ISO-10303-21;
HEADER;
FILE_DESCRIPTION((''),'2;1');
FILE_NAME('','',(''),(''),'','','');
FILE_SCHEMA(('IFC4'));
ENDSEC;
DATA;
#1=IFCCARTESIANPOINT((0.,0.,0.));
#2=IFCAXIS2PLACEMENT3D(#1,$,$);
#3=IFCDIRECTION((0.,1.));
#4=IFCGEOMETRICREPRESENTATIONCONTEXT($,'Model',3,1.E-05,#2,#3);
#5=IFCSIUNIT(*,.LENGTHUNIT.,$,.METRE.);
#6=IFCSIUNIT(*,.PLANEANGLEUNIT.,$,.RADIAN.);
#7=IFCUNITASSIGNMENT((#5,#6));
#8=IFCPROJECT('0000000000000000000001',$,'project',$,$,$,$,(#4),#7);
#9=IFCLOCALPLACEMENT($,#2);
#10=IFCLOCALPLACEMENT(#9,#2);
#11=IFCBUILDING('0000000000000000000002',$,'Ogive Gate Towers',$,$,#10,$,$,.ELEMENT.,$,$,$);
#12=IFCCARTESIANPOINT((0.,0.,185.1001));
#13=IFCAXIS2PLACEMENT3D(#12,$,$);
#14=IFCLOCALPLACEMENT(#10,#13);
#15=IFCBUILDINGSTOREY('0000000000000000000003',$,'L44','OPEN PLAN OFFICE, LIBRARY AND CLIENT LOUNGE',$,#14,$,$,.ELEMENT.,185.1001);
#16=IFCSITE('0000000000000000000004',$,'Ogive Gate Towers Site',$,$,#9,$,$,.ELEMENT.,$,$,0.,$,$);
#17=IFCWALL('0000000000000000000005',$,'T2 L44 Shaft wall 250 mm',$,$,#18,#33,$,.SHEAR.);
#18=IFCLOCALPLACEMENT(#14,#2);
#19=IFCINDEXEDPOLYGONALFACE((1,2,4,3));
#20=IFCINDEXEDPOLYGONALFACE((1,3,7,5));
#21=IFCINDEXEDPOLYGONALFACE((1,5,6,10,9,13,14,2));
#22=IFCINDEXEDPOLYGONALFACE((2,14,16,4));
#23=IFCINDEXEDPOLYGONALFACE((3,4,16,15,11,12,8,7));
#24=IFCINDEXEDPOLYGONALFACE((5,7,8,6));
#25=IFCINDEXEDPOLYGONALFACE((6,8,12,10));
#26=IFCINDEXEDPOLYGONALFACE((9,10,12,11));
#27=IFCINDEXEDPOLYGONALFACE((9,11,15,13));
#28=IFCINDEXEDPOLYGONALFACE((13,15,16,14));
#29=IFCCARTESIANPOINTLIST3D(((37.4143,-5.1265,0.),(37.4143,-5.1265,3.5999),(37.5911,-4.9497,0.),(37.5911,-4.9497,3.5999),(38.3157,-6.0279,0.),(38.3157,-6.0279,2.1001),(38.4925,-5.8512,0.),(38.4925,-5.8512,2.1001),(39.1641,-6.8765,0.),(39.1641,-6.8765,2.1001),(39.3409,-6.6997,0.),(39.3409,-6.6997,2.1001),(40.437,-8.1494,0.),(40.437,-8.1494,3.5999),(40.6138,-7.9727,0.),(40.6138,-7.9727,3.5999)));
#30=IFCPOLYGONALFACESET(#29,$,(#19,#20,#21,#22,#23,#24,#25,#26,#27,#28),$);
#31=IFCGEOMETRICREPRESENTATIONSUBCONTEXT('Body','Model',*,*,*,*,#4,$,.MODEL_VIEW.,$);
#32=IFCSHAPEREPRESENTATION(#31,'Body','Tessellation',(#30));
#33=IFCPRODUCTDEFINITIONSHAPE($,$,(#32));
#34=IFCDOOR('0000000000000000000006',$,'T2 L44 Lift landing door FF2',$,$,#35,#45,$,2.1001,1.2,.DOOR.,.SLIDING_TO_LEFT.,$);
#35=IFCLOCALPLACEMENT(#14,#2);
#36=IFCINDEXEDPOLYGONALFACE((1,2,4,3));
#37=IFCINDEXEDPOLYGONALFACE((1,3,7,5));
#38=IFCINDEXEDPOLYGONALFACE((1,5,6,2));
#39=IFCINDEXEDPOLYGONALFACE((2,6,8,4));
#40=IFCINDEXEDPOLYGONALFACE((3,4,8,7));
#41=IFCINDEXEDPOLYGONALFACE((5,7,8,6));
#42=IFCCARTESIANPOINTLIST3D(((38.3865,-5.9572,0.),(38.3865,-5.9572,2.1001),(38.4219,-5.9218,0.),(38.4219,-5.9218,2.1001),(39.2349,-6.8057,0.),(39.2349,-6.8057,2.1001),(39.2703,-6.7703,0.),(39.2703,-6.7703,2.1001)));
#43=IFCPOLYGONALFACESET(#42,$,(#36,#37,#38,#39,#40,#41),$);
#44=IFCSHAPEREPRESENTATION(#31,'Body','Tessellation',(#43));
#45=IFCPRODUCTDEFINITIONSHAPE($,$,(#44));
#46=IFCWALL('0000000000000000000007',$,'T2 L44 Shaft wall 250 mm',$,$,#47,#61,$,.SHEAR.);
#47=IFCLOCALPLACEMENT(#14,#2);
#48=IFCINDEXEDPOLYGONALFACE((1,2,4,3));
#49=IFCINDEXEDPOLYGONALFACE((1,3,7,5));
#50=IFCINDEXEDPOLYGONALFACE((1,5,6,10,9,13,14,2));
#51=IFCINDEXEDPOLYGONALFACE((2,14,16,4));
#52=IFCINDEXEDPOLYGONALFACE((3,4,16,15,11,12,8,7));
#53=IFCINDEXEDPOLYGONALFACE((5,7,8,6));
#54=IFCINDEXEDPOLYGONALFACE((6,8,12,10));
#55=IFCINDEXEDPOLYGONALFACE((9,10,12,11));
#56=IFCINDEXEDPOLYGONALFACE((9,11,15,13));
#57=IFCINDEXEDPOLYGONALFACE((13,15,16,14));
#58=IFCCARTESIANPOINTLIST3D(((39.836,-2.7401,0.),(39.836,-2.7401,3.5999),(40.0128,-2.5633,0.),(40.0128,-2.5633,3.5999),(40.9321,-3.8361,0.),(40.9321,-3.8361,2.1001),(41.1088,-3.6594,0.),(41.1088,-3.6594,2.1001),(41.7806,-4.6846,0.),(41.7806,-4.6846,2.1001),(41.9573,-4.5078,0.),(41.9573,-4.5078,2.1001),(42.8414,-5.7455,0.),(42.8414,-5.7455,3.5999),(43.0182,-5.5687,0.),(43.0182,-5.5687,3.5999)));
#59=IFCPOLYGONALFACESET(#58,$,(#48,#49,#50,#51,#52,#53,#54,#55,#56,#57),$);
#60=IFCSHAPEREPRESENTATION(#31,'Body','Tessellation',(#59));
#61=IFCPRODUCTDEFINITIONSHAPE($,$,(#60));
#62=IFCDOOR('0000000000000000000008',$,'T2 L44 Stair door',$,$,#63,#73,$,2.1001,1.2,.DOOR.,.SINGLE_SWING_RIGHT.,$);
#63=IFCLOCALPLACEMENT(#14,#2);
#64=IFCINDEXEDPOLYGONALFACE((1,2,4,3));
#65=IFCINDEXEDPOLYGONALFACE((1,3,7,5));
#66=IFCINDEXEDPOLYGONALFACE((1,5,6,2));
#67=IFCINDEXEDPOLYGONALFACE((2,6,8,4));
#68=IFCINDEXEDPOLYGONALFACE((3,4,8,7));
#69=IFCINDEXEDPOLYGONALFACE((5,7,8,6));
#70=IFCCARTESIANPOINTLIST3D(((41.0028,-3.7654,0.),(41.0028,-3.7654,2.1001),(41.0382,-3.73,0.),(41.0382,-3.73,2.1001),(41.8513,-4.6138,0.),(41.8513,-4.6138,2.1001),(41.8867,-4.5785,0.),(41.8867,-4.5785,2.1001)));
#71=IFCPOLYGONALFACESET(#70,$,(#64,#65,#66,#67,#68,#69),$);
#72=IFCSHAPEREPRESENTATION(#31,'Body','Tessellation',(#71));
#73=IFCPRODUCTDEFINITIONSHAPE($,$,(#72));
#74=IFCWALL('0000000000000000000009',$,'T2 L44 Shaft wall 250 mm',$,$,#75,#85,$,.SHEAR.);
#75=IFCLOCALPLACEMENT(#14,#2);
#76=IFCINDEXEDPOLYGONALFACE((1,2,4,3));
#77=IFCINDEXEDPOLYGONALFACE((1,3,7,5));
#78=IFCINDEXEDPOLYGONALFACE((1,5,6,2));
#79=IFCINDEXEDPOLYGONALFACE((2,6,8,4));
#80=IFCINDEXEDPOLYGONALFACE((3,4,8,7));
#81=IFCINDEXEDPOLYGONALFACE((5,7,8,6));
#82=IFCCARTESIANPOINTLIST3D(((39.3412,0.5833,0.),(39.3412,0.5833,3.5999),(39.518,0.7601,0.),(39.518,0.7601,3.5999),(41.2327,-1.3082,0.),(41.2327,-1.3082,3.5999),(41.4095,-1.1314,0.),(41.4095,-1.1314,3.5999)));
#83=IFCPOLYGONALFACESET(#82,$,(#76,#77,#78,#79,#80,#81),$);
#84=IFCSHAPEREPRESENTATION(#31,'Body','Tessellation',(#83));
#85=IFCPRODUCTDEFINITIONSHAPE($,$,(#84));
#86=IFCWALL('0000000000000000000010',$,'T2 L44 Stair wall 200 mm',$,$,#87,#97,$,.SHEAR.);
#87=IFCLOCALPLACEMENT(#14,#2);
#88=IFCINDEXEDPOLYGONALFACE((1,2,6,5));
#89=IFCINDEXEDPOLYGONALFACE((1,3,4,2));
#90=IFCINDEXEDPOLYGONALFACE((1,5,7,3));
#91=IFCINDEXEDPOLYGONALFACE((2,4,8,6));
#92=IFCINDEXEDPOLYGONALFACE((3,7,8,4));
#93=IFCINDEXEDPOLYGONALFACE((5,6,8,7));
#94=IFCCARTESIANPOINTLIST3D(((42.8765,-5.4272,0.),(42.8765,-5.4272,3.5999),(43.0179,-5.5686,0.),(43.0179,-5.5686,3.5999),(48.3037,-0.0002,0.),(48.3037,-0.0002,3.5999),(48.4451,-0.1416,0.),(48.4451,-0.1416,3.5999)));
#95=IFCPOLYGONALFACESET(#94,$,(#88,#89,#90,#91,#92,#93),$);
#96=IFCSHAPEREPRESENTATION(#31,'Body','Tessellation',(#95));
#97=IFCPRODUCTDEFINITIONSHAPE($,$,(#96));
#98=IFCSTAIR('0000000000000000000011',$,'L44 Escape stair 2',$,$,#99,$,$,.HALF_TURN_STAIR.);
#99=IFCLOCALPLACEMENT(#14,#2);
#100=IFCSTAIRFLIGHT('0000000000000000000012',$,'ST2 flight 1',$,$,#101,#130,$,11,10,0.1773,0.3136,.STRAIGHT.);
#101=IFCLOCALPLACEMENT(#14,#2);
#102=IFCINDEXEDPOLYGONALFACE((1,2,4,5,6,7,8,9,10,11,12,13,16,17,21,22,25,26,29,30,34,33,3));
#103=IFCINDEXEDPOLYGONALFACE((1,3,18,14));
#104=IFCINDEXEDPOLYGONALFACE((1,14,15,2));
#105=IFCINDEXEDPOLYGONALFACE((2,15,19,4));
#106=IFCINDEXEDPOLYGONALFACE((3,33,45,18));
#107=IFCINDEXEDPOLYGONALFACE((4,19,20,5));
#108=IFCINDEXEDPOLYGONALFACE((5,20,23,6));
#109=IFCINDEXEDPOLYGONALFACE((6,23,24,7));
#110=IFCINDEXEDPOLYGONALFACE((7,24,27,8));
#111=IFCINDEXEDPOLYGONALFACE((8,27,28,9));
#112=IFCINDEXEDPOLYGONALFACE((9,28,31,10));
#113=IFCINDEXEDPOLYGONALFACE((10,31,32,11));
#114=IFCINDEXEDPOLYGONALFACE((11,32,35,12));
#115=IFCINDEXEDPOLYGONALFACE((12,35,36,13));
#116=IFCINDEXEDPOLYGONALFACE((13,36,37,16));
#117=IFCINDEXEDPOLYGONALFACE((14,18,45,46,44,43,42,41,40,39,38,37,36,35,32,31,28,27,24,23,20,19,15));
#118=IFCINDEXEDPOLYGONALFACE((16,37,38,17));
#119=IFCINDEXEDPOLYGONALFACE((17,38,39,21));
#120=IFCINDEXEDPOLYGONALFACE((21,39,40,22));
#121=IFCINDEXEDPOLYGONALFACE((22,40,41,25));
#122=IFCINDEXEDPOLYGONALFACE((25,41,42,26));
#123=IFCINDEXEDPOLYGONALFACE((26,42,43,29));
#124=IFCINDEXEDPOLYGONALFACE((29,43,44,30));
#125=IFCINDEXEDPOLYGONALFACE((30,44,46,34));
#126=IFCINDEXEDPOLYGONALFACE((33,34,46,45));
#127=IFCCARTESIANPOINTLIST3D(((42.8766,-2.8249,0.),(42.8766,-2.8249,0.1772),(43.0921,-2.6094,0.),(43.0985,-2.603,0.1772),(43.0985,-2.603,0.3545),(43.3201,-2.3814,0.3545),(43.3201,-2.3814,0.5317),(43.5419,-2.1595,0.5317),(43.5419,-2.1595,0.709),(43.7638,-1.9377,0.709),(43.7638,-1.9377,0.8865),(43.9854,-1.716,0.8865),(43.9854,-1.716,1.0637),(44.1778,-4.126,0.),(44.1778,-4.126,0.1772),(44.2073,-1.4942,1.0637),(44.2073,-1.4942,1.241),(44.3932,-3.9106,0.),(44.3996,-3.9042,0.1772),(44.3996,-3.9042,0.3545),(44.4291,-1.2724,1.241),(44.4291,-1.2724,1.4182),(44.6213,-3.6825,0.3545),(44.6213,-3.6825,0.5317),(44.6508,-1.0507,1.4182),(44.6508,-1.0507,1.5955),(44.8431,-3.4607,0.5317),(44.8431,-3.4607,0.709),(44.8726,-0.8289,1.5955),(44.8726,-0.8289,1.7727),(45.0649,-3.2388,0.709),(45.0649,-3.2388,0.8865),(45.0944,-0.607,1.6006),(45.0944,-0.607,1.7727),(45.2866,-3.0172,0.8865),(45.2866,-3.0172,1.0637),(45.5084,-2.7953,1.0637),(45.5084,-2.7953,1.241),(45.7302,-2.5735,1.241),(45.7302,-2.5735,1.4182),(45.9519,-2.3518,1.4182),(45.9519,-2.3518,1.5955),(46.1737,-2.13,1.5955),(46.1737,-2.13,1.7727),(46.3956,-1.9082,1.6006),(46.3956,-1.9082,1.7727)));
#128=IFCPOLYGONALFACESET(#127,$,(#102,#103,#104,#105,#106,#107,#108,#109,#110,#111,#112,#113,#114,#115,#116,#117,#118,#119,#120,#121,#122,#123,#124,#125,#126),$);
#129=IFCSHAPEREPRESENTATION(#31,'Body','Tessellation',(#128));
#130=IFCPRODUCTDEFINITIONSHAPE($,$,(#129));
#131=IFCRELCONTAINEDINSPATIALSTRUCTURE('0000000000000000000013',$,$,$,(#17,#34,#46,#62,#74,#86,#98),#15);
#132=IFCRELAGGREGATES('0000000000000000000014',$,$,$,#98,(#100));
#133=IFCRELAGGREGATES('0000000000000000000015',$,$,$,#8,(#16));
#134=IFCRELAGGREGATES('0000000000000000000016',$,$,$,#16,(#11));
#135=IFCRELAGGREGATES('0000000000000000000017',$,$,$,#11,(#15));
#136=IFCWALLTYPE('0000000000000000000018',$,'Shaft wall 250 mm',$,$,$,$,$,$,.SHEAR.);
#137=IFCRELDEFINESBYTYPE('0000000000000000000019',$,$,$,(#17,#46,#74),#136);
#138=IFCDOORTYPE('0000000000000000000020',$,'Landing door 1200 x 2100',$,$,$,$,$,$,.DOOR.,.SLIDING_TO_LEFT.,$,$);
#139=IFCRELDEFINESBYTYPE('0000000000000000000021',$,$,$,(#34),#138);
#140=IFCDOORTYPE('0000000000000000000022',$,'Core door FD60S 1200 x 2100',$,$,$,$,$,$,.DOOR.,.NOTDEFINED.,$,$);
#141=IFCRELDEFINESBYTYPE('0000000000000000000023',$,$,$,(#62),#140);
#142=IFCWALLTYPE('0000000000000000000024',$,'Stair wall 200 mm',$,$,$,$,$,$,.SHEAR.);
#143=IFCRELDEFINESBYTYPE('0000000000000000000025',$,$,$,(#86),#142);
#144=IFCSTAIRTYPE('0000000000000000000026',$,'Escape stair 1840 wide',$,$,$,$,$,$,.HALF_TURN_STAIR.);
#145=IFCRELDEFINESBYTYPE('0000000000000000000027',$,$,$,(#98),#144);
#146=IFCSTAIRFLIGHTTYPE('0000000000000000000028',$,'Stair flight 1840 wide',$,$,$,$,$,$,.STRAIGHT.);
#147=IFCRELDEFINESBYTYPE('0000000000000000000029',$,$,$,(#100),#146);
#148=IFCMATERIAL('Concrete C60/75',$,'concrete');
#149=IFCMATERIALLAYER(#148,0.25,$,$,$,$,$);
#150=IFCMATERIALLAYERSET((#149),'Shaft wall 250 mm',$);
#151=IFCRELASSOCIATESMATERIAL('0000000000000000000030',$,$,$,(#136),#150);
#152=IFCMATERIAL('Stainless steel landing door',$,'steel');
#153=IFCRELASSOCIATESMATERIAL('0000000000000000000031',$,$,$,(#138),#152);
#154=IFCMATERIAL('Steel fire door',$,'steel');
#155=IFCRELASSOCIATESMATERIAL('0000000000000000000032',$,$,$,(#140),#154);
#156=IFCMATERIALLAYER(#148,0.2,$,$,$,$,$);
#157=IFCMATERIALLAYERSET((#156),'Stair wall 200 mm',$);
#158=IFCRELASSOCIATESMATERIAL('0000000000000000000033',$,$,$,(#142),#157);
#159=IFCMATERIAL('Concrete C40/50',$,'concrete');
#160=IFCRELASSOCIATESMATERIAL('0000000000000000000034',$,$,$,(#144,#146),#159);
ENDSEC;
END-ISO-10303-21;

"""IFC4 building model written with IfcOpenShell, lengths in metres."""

from ifc_helpers import new_model, si_unit, direction, frame, frame_2d, origin, place, context, subcontext, project, spatial, polyline, rectangle, outline, extrude, material, layer, layer_set, type_object, element, fill, aggregate, save


model = new_model("IFC4")

# Units and contexts
model_context = context("Model", 3, precision=1e-05, world=origin(), true_north=direction((0.0, 1.0)))
body_context = subcontext(model_context, "Body", "Model", "MODEL_VIEW")
ifc_project = project(units=[si_unit("LENGTHUNIT", "METRE"), si_unit("PLANEANGLEUNIT", "RADIAN")], contexts=[model_context])

# Site, building, storey
site_placement = place(None, origin())
site = spatial("IfcSite", under=ifc_project, at=site_placement, Name="Ogive Gate Towers Site", CompositionType="ELEMENT", RefElevation=0.0)
building_placement = place(site_placement, origin())
building = spatial("IfcBuilding", under=site, at=building_placement, Name="Ogive Gate Towers", CompositionType="ELEMENT")
storey_placement = place(building_placement, frame((0.0, 0.0, 185.1001)))
storey = spatial("IfcBuildingStorey", under=building, at=storey_placement, Name="L44", Description="OPEN PLAN OFFICE, LIBRARY AND CLIENT LOUNGE", CompositionType="ELEMENT", Elevation=185.1001)

# Shared definitions
ifc_material_1 = material(Name="Concrete C40/50", Category="concrete")

# Shared definitions
ifc_material_2 = material(Name="Concrete C60/75", Category="concrete")
ifc_layer_1 = layer(ifc_material_2, 0.25)
ifc_layer_set_1 = layer_set([ifc_layer_1], Name="Shaft wall 250 mm")
wall_type_1 = type_object("IfcWallType", Name="Shaft wall 250 mm", PredefinedType="SHEAR", material=ifc_layer_set_1)

# Walls, openings, doors
wall_1_placement = place(storey_placement, frame((40.5254, -8.061, 0.0), z_axis=(0.0, 0.0, 1.0), x_axis=(-0.707078, 0.707135, 0.0)))
wall_1 = element("IfcWall", 1, at=wall_1_placement, inside=storey, type_object=wall_type_1, Name="T2 L44 Shaft wall 250 mm", PredefinedType="SHEAR", context=body_context, shape_type="SweptSolid", body=[
    extrude(rectangle(XDim=4.2749, YDim=0.25, at=frame_2d((2.1375, 0.0))), origin(), (0.0, 0.0, 1.0), 3.5999),
])
opening_1_placement = place(wall_1_placement, frame((1.8, 0.0, 0.0)))
opening_1 = element("IfcOpeningElement", 2, at=opening_1_placement, cuts=wall_1, PredefinedType="OPENING", context=body_context, shape_type="SweptSolid", body=[
    extrude(rectangle(XDim=1.2, YDim=2.1001, at=frame_2d((0.6001, 1.05))), frame((0.0, 0.135, 0.0), z_axis=(0.0, -1.0, 0.0), x_axis=(1.0, 0.0, 0.0)), (0.0, 0.0, 1.0), 0.27),
])
ifc_material_3 = material(Name="Stainless steel landing door", Category="steel")
door_type_1 = type_object("IfcDoorType", Name="Landing door 1200 x 2100", OperationType="SLIDING_TO_LEFT", PredefinedType="DOOR", material=ifc_material_3)
door_1_placement = place(opening_1_placement, origin())
door_1 = element("IfcDoor", 3, at=door_1_placement, inside=storey, type_object=door_type_1, Name="T2 L44 Lift landing door FF2", OperationType="SLIDING_TO_LEFT", OverallHeight=2.1001, OverallWidth=1.2, PredefinedType="DOOR", context=body_context, shape_type="SweptSolid", body=[
    extrude(rectangle(XDim=1.2, YDim=2.1001, at=frame_2d((0.6001, 1.05))), frame((0.0, 0.0249, 0.0), z_axis=(0.0, -1.0, 0.0), x_axis=(1.0, 0.0, 0.0)), (0.0, 0.0, 1.0), 0.05),
])
fill(opening_1, door_1)
wall_2_placement = place(storey_placement, frame((42.9297, -5.657, 0.0), z_axis=(0.0, 0.0, 1.0), x_axis=(-0.707107, 0.707107, 0.0)))
wall_2 = element("IfcWall", 4, at=wall_2_placement, inside=storey, type_object=wall_type_1, Name="T2 L44 Shaft wall 250 mm", PredefinedType="SHEAR", context=body_context, shape_type="SweptSolid", body=[
    extrude(rectangle(XDim=4.2502, YDim=0.25, at=frame_2d((2.125, 0.0))), origin(), (0.0, 0.0, 1.0), 3.5999),
])
opening_2_placement = place(wall_2_placement, frame((1.5, 0.0, 0.0)))
opening_2 = element("IfcOpeningElement", 5, at=opening_2_placement, cuts=wall_2, PredefinedType="OPENING", context=body_context, shape_type="SweptSolid", body=[
    extrude(rectangle(XDim=1.2, YDim=2.1001, at=frame_2d((0.6001, 1.05))), frame((0.0, 0.135, 0.0), z_axis=(0.0, -1.0, 0.0), x_axis=(1.0, 0.0, 0.0)), (0.0, 0.0, 1.0), 0.27),
])
ifc_material_4 = material(Name="Steel fire door", Category="steel")
door_type_2 = type_object("IfcDoorType", Name="Core door FD60S 1200 x 2100", OperationType="NOTDEFINED", PredefinedType="DOOR", material=ifc_material_4)
door_2_placement = place(opening_2_placement, origin())
door_2 = element("IfcDoor", 6, at=door_2_placement, inside=storey, type_object=door_type_2, Name="T2 L44 Stair door", OperationType="SINGLE_SWING_RIGHT", OverallHeight=2.1001, OverallWidth=1.2, PredefinedType="DOOR", context=body_context, shape_type="SweptSolid", body=[
    extrude(rectangle(XDim=1.2, YDim=2.1001, at=frame_2d((0.6001, 1.05))), frame((0.0, 0.0249, 0.0), z_axis=(0.0, -1.0, 0.0), x_axis=(1.0, 0.0, 0.0)), (0.0, 0.0, 1.0), 0.05),
])
fill(opening_2, door_2)

# Walls
wall_3_placement = place(storey_placement, frame((41.321, -1.2197, 0.0), z_axis=(0.0, 0.0, 1.0), x_axis=(-0.707107, 0.707107, 0.0)))
element("IfcWall", 7, at=wall_3_placement, inside=storey, type_object=wall_type_1, Name="T2 L44 Shaft wall 250 mm", PredefinedType="SHEAR", context=body_context, shape_type="SweptSolid", body=[
    extrude(rectangle(XDim=2.675, YDim=0.25, at=frame_2d((1.3374, 0.0))), origin(), (0.0, 0.0, 1.0), 3.5999),
])
ifc_layer_2 = layer(ifc_material_2, 0.2)
ifc_layer_set_2 = layer_set([ifc_layer_2], Name="Stair wall 200 mm")
wall_type_2 = type_object("IfcWallType", Name="Stair wall 200 mm", PredefinedType="SHEAR", material=ifc_layer_set_2)
wall_4_placement = place(storey_placement, frame((42.9473, -5.4978, 0.0), z_axis=(0.0, 0.0, 1.0), x_axis=(0.707123, 0.707091, 0.0)))
element("IfcWall", 8, at=wall_4_placement, inside=storey, type_object=wall_type_2, Name="T2 L44 Stair wall 200 mm", PredefinedType="SHEAR", context=body_context, shape_type="SweptSolid", body=[
    extrude(rectangle(XDim=7.675, YDim=0.2, at=frame_2d((3.8374, 0.0))), origin(), (0.0, 0.0, 1.0), 3.5999),
])

# Stair, stair flight
stair_type = type_object("IfcStairType", Name="Escape stair 1840 wide", PredefinedType="HALF_TURN_STAIR", material=ifc_material_1)
stair_placement = place(storey_placement, origin())
stair = element("IfcStair", 9, at=stair_placement, inside=storey, type_object=stair_type, Name="L44 Escape stair 2", PredefinedType="HALF_TURN_STAIR")
stair_flight_type = type_object("IfcStairFlightType", Name="Stair flight 1840 wide", PredefinedType="STRAIGHT", material=ifc_material_1)
stair_flight_placement = place(storey_placement, frame((43.5271, -3.4753, 0.0), z_axis=(0.0, 0.0, 1.0), x_axis=(0.707107, 0.707107, 0.0)))
stair_flight = element("IfcStairFlight", 10, at=stair_flight_placement, type_object=stair_flight_type, Name="ST2 flight 1", NumberOfRisers=11, NumberOfTreads=10, PredefinedType="STRAIGHT", RiserHeight=0.1773, TreadLength=0.3136, context=body_context, shape_type="SweptSolid", body=[
    extrude(outline(polyline([(0.0, 0.0), (0.0, 0.1772), (0.3137, 0.1772), (0.3137, 0.3545), (0.6272, 0.3545), (0.6272, 0.5317), (0.9409, 0.5317), (0.9409, 0.709), (1.2546, 0.709), (1.2546, 0.8865), (1.5681, 0.8865), (1.5681, 1.0637), (1.8818, 1.0637), (1.8818, 1.241), (2.1956, 1.241), (2.1956, 1.4182), (2.509, 1.4182), (2.509, 1.5955), (2.8228, 1.5955), (2.8228, 1.7727), (3.1365, 1.7727), (3.1365, 1.95), (3.1365, 1.6006), (0.3047, 0.0), (0.0, 0.0)])), frame((0.0, 0.9199, 0.0), z_axis=(0.0, -1.0, 0.0), x_axis=(1.0, 0.0, 0.0)), (0.0, 0.0, 1.0), 1.8401),
])
aggregate(stair, [stair_flight])

save(model, "model.ifc")
